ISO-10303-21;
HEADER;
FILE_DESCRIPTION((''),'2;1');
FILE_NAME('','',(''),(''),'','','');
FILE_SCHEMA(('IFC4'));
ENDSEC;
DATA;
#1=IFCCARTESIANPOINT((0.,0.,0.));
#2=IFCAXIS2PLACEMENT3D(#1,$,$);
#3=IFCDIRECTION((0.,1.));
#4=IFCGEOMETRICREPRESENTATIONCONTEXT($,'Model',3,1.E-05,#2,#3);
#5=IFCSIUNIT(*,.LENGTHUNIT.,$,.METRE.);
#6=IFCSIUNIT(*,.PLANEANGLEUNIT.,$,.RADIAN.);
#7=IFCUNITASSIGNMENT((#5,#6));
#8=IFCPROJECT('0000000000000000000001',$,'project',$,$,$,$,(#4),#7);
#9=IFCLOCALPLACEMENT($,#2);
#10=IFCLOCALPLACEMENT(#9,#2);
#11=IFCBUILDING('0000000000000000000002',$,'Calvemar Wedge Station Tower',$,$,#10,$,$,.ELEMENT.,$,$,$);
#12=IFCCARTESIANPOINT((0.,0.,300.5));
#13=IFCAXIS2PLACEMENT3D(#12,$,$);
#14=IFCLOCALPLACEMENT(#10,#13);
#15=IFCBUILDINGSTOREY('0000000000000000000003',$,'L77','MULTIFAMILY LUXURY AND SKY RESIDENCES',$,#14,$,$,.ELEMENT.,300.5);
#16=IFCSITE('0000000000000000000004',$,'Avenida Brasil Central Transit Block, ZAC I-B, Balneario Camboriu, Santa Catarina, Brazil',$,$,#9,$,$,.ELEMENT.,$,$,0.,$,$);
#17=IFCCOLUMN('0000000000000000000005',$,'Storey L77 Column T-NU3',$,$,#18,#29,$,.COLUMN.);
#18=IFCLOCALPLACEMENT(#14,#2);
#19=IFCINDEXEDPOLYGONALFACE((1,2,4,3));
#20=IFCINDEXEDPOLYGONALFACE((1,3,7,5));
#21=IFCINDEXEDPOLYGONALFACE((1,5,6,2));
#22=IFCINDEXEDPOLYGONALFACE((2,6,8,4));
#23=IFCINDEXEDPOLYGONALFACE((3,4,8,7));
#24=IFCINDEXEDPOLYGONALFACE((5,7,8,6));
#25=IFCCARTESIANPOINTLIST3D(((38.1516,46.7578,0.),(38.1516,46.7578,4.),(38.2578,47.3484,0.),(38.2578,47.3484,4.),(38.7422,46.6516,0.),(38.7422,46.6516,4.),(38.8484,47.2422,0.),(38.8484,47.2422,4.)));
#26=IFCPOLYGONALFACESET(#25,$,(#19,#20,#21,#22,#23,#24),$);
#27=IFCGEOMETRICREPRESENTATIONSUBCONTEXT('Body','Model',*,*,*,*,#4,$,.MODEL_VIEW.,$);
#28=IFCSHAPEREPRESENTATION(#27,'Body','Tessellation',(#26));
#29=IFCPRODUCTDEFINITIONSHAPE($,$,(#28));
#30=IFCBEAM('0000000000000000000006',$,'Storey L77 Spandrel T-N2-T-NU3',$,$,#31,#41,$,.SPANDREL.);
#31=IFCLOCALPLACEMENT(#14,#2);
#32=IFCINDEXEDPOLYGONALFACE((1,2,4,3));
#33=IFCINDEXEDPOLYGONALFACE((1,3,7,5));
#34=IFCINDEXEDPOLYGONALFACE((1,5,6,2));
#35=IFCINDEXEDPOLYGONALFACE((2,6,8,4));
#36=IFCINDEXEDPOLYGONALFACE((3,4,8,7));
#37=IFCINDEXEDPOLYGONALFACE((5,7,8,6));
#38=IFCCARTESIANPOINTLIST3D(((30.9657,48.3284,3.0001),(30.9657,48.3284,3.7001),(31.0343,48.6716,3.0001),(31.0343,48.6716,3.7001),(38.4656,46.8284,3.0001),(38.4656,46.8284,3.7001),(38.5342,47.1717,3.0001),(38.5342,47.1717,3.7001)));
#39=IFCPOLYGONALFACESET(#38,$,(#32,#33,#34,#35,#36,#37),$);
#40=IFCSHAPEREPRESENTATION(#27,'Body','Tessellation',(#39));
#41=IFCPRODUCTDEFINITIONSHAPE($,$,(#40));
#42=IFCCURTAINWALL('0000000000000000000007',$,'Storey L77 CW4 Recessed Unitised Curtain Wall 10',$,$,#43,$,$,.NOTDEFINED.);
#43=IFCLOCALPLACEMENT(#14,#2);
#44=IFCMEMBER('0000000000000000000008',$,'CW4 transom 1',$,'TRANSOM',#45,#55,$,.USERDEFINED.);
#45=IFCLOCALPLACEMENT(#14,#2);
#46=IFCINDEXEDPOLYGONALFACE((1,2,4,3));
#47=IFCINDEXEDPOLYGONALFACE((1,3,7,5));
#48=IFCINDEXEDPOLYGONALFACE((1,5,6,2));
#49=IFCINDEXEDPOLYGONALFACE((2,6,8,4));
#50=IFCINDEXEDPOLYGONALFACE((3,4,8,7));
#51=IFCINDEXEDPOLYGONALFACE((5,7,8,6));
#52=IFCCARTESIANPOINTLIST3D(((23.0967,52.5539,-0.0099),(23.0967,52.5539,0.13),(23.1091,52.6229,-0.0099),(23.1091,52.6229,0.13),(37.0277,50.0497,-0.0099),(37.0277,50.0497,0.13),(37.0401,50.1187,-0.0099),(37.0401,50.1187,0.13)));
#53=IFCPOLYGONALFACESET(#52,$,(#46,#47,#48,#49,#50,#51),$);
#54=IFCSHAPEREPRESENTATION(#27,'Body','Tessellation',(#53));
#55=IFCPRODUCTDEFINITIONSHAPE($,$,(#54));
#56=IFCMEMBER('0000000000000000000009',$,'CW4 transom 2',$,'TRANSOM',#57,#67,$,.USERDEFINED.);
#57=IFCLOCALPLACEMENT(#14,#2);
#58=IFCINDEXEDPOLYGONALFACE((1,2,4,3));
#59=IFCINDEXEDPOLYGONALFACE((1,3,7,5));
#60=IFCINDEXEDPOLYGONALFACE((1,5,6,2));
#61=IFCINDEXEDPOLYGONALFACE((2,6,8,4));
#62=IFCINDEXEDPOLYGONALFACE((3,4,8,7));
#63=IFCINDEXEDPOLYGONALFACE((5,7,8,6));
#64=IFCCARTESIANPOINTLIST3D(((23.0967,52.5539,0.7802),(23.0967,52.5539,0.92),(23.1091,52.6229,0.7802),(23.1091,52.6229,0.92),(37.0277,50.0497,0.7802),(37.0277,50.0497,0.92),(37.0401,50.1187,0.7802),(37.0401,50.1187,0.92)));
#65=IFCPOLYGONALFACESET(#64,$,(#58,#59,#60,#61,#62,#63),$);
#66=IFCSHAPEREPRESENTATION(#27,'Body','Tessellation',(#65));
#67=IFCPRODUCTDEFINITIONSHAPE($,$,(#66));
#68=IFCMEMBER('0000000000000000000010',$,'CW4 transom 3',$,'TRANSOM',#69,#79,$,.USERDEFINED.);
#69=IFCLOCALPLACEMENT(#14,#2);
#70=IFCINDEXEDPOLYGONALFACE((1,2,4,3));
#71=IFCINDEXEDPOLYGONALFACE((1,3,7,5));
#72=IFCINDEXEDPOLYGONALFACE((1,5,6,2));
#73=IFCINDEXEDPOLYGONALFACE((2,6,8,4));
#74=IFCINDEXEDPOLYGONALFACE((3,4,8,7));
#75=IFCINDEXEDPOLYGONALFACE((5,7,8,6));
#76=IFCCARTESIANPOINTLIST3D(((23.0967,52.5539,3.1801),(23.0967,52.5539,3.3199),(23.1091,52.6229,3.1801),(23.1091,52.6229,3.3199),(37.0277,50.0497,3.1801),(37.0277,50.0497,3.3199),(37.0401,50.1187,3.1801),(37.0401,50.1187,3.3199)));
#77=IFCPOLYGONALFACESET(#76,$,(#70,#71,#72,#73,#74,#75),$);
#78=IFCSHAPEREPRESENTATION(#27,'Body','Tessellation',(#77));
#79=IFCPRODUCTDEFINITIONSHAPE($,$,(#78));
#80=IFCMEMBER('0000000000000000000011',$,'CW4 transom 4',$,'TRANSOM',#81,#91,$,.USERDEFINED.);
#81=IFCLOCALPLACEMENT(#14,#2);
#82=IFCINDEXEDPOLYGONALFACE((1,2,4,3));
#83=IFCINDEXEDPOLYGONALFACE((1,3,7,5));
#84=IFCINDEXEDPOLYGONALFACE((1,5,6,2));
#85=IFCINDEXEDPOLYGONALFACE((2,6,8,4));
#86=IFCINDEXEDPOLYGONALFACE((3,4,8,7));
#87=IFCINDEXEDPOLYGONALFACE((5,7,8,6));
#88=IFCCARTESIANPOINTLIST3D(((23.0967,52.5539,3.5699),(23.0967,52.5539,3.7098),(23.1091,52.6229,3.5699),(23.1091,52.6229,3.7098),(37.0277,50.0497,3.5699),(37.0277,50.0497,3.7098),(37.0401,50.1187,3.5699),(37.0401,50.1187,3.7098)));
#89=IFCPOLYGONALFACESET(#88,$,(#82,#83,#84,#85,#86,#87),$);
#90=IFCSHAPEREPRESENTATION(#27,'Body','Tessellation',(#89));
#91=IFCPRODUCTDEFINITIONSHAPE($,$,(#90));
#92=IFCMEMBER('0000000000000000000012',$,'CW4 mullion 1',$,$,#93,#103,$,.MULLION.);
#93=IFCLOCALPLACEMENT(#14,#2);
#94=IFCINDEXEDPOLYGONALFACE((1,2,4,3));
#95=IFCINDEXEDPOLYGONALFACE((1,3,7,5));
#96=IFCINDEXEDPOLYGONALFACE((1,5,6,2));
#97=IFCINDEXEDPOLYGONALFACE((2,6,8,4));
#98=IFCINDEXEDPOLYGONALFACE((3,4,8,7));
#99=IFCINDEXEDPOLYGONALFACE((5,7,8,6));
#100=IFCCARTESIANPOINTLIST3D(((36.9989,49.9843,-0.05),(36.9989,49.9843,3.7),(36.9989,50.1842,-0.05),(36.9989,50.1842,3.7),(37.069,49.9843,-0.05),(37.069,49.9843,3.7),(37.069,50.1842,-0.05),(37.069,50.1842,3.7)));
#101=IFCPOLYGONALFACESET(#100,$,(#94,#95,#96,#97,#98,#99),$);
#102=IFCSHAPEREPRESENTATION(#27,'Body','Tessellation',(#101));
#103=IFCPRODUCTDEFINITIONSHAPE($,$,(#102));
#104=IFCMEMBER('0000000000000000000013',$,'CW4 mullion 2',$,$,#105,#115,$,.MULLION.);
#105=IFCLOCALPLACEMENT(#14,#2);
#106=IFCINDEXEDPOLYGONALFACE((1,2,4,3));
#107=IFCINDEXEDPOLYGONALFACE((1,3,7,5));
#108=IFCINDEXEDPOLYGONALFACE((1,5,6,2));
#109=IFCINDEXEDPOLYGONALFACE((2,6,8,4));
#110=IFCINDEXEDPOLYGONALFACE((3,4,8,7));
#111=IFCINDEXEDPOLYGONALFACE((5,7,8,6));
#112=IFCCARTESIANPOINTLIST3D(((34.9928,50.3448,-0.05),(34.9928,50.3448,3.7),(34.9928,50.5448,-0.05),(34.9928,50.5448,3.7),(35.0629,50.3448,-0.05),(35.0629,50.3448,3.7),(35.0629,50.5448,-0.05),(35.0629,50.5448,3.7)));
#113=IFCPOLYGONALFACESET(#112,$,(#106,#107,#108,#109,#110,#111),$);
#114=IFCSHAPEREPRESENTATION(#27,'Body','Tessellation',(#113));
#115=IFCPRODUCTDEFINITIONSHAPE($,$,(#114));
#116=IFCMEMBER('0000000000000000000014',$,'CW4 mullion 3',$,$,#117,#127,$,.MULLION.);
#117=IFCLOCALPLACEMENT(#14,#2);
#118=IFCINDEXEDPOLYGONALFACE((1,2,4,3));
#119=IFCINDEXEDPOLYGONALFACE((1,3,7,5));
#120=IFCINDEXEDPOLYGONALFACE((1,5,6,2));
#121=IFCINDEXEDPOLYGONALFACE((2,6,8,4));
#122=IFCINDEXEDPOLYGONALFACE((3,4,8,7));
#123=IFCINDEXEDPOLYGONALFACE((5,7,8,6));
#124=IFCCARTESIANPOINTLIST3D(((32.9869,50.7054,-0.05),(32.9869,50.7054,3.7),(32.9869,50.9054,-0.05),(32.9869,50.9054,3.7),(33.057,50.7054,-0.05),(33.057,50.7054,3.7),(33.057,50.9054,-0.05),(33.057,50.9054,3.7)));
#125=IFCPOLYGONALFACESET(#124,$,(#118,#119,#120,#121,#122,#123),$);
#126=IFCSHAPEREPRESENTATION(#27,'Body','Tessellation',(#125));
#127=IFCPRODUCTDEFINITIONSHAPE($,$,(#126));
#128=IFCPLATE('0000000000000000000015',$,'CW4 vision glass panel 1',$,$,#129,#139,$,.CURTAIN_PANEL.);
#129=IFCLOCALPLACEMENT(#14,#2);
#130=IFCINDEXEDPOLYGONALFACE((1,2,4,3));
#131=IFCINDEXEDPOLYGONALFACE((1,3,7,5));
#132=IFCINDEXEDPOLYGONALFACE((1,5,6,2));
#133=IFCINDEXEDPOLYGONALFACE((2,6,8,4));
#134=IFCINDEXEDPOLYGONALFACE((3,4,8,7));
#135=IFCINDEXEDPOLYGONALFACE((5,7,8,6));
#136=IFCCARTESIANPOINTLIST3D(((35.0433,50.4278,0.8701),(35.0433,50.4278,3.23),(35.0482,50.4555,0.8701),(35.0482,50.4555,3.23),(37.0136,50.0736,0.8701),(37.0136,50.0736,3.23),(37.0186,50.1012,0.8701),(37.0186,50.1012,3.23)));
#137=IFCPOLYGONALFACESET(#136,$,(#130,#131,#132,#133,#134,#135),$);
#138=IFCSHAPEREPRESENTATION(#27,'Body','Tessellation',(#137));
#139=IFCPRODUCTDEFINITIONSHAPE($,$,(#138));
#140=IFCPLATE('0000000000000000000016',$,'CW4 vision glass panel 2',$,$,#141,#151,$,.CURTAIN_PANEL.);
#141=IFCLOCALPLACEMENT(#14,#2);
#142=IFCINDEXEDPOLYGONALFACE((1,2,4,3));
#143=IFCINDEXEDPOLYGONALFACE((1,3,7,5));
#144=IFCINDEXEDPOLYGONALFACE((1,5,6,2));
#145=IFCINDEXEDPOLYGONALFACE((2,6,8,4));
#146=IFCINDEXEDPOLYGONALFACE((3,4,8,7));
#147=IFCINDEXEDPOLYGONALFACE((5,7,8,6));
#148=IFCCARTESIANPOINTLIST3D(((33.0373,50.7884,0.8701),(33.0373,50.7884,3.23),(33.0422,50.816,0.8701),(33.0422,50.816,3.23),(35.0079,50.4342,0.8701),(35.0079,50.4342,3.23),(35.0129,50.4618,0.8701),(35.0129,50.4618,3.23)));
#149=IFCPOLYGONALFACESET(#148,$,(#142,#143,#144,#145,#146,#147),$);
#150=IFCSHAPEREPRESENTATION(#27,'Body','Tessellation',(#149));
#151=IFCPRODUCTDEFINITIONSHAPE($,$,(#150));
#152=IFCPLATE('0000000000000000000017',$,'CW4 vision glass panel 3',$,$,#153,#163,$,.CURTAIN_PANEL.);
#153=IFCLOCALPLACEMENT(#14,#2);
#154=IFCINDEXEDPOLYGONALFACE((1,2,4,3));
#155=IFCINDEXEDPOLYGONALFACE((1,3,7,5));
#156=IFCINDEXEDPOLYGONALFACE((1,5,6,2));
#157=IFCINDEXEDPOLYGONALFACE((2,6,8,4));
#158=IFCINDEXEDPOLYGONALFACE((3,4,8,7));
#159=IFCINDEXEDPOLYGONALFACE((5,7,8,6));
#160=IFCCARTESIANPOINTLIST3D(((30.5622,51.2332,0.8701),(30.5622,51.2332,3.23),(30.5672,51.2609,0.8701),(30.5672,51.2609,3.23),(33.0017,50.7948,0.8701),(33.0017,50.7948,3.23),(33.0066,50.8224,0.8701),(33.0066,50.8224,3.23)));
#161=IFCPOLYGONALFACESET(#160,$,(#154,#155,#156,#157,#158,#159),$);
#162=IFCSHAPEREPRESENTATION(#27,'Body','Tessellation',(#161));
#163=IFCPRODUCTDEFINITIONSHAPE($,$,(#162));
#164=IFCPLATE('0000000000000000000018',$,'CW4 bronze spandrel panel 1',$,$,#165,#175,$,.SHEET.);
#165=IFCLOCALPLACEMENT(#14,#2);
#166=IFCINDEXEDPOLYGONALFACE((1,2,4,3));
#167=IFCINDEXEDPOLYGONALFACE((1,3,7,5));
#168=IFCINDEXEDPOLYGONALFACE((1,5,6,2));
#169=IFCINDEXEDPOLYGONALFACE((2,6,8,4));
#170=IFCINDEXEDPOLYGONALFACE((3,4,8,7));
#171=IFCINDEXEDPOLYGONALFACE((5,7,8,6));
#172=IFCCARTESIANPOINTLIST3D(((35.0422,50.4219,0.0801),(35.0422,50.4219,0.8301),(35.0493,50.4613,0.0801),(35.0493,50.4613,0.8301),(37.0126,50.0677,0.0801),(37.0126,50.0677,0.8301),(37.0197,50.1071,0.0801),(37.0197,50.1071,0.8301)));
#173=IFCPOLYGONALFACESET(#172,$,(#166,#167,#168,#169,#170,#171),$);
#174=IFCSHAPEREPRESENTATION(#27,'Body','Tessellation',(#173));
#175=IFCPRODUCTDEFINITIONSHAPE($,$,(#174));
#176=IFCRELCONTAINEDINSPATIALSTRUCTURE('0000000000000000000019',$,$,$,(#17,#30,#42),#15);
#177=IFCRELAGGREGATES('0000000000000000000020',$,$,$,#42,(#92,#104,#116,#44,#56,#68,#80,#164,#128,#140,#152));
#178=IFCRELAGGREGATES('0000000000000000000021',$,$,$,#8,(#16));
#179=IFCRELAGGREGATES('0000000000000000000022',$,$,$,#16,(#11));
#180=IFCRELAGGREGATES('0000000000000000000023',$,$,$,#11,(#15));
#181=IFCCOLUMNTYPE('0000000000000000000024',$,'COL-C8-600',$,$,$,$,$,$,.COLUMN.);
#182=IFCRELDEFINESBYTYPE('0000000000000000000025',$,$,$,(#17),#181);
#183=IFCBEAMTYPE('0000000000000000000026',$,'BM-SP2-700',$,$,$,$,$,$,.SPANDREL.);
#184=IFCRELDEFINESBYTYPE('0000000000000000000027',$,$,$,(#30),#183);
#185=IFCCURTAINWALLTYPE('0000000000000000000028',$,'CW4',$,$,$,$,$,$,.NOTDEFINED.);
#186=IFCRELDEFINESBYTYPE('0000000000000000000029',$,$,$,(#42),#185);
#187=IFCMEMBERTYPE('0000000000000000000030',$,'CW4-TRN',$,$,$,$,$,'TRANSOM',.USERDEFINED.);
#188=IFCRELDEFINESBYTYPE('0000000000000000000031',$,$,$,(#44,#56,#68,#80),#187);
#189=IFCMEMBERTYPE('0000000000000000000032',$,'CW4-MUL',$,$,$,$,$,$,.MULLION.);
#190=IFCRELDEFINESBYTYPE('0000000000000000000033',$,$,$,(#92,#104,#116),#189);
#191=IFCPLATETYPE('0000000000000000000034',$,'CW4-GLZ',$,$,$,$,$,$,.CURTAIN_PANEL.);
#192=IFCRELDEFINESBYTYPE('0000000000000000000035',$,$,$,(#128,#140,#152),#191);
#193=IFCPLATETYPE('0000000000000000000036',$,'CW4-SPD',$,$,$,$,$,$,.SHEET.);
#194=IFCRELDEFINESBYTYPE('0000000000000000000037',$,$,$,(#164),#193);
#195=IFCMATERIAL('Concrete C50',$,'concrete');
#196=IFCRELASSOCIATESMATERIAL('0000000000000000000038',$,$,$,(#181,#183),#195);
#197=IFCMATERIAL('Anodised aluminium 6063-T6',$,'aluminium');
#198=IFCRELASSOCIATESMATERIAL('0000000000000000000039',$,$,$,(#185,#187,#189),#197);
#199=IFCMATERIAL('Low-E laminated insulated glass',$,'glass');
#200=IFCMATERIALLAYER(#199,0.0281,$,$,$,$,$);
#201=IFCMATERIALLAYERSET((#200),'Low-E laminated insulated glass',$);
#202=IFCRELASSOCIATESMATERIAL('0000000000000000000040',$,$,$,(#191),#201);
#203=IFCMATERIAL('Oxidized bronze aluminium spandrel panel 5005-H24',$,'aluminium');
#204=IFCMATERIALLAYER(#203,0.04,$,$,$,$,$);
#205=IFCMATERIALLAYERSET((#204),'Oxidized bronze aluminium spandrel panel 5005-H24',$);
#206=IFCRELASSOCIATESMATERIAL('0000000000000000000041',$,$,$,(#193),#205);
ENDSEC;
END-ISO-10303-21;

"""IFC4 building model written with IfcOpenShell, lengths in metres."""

from ifc_helpers import new_model, si_unit, direction, frame, frame_2d, origin, origin_2d, place, context, subcontext, project, spatial, rectangle, extrude, source, transform, mapped, material, layer, layer_set, material_profile, profile_set, type_object, element, aggregate, save


model = new_model("IFC4")

# Units and contexts
model_context = context("Model", 3, precision=1e-05, world=origin(), true_north=direction((0.0, 1.0)))
body_context = subcontext(model_context, "Body", "Model", "MODEL_VIEW")
ifc_project = project(units=[si_unit("LENGTHUNIT", "METRE"), si_unit("PLANEANGLEUNIT", "RADIAN")], contexts=[model_context])

# Site, building, storey
site_placement = place(None, origin())
site = spatial("IfcSite", under=ifc_project, at=site_placement, Name="Avenida Brasil Central Transit Block, ZAC I-B, Balneario Camboriu, Santa Catarina, Brazil", CompositionType="ELEMENT", RefElevation=0.0)
building_placement = place(site_placement, origin())
building = spatial("IfcBuilding", under=site, at=building_placement, Name="Calvemar Wedge Station Tower", CompositionType="ELEMENT")
storey_placement = place(building_placement, frame((0.0, 0.0, 300.5)))
storey = spatial("IfcBuildingStorey", under=building, at=storey_placement, Name="L77", Description="MULTIFAMILY LUXURY AND SKY RESIDENCES", CompositionType="ELEMENT", Elevation=300.5)

# Column
ifc_material_1 = material(Name="Concrete C50", Category="concrete")
ifc_material_profile_1 = material_profile(ifc_material_1, rectangle(XDim=0.6001, YDim=0.6001, at=origin_2d()), Name="RC600x600")
ifc_profile_set_1 = profile_set([ifc_material_profile_1], Name="Concrete C50")
column_type = type_object("IfcColumnType", Name="COL-C8-600", PredefinedType="COLUMN", material=ifc_profile_set_1)
shared_shape_1 = source(origin(), body_context, "Body", "SweptSolid", [
    extrude(rectangle(XDim=0.6001, YDim=0.6001, at=origin_2d()), origin(), (0.0, 0.0, 1.0), 4.0),
])
column_placement = place(storey_placement, frame((38.5, 47.0, 0.0), z_axis=(0.0, 0.0, 1.0), x_axis=(0.984196, -0.177085, 0.0)))
element("IfcColumn", 1, at=column_placement, inside=storey, type_object=column_type, Name="Storey L77 Column T-NU3", PredefinedType="COLUMN", context=body_context, shape_type="MappedRepresentation", body=[
    mapped(shared_shape_1, transform((0.0, 0.0, 0.0), scale=1.0)),
])

# Beam
ifc_material_profile_2 = material_profile(ifc_material_1, rectangle(XDim=0.3501, YDim=0.7, at=origin_2d()), Name="RC350x700")
ifc_profile_set_2 = profile_set([ifc_material_profile_2], Name="Concrete C50")
beam_type = type_object("IfcBeamType", Name="BM-SP2-700", PredefinedType="SPANDREL", material=ifc_profile_set_2)
shared_shape_2 = source(origin(), body_context, "Body", "SweptSolid", [
    extrude(rectangle(XDim=0.3501, YDim=0.7, at=origin_2d()), origin(), (0.0, 0.0, 1.0), 7.6484),
])
beam_placement = place(storey_placement, frame((31.0, 48.5, 3.3501), z_axis=(0.980581, -0.196116, 0.0), x_axis=(0.196116, 0.980581, 0.0)))
element("IfcBeam", 2, at=beam_placement, inside=storey, type_object=beam_type, Name="Storey L77 Spandrel T-N2-T-NU3", PredefinedType="SPANDREL", context=body_context, shape_type="MappedRepresentation", body=[
    mapped(shared_shape_2, transform((0.0, 0.0, 0.0), scale=1.0)),
])

# Curtain wall, members, plates
ifc_material_2 = material(Name="Anodised aluminium 6063-T6", Category="aluminium")
curtain_wall_type = type_object("IfcCurtainWallType", Name="CW4", PredefinedType="NOTDEFINED", material=ifc_material_2)
curtain_wall_placement = place(storey_placement, origin())
curtain_wall = element("IfcCurtainWall", 3, at=curtain_wall_placement, inside=storey, type_object=curtain_wall_type, Name="Storey L77 CW4 Recessed Unitised Curtain Wall 10", PredefinedType="NOTDEFINED")
ifc_material_profile_3 = material_profile(ifc_material_2, rectangle(XDim=0.0701, YDim=0.1399, at=origin_2d()), Name="AL-TRN-70x140")
ifc_profile_set_3 = profile_set([ifc_material_profile_3], Name="Anodised aluminium 6063-T6")
member_type_1 = type_object("IfcMemberType", Name="CW4-TRN", ElementType="TRANSOM", PredefinedType="USERDEFINED", material=ifc_profile_set_3)
shared_shape_3 = source(origin(), body_context, "Body", "SweptSolid", [
    extrude(rectangle(XDim=0.0701, YDim=0.1399, at=origin_2d()), origin(), (0.0, 0.0, 1.0), 14.1543),
])
member_1_placement = place(storey_placement, frame((37.0339, 50.0842, 0.0601), z_axis=(-0.984225, 0.176919, 0.0), x_axis=(-0.176919, -0.984225, 0.0)))
member_1 = element("IfcMember", 4, at=member_1_placement, type_object=member_type_1, Name="CW4 transom 1", ObjectType="TRANSOM", PredefinedType="USERDEFINED", context=body_context, shape_type="MappedRepresentation", body=[
    mapped(shared_shape_3, transform((0.0, 0.0, 0.0), scale=1.0)),
])
member_2_placement = place(storey_placement, frame((37.0339, 50.0842, 0.8501), z_axis=(-0.984225, 0.176919, 0.0), x_axis=(-0.176919, -0.984225, 0.0)))
member_2 = element("IfcMember", 5, at=member_2_placement, type_object=member_type_1, Name="CW4 transom 2", ObjectType="TRANSOM", PredefinedType="USERDEFINED", context=body_context, shape_type="MappedRepresentation", body=[
    mapped(shared_shape_3, transform((0.0, 0.0, 0.0), scale=1.0)),
])
member_3_placement = place(storey_placement, frame((37.0339, 50.0842, 3.25), z_axis=(-0.984225, 0.176919, 0.0), x_axis=(-0.176919, -0.984225, 0.0)))
member_3 = element("IfcMember", 6, at=member_3_placement, type_object=member_type_1, Name="CW4 transom 3", ObjectType="TRANSOM", PredefinedType="USERDEFINED", context=body_context, shape_type="MappedRepresentation", body=[
    mapped(shared_shape_3, transform((0.0, 0.0, 0.0), scale=1.0)),
])
member_4_placement = place(storey_placement, frame((37.0339, 50.0842, 3.6399), z_axis=(-0.984225, 0.176919, 0.0), x_axis=(-0.176919, -0.984225, 0.0)))
member_4 = element("IfcMember", 7, at=member_4_placement, type_object=member_type_1, Name="CW4 transom 4", ObjectType="TRANSOM", PredefinedType="USERDEFINED", context=body_context, shape_type="MappedRepresentation", body=[
    mapped(shared_shape_3, transform((0.0, 0.0, 0.0), scale=1.0)),
])
ifc_material_profile_4 = material_profile(ifc_material_2, rectangle(XDim=0.0701, YDim=0.2, at=origin_2d()), Name="AL-MUL-70x200")
ifc_profile_set_4 = profile_set([ifc_material_profile_4], Name="Anodised aluminium 6063-T6")
member_type_2 = type_object("IfcMemberType", Name="CW4-MUL", PredefinedType="MULLION", material=ifc_profile_set_4)
shared_shape_4 = source(origin(), body_context, "Body", "SweptSolid", [
    extrude(rectangle(XDim=0.0701, YDim=0.2, at=origin_2d()), origin(), (0.0, 0.0, 1.0), 3.75),
])
member_5_placement = place(storey_placement, frame((37.0339, 50.0842, -0.05), z_axis=(0.0, 0.0, 1.0), x_axis=(1.0, 0.0, 0.0)))
member_5 = element("IfcMember", 8, at=member_5_placement, type_object=member_type_2, Name="CW4 mullion 1", PredefinedType="MULLION", context=body_context, shape_type="MappedRepresentation", body=[
    mapped(shared_shape_4, transform((0.0, 0.0, 0.0), scale=1.0)),
])
member_6_placement = place(storey_placement, frame((35.0278, 50.4448, -0.05), z_axis=(0.0, 0.0, 1.0), x_axis=(1.0, 0.0, 0.0)))
member_6 = element("IfcMember", 9, at=member_6_placement, type_object=member_type_2, Name="CW4 mullion 2", PredefinedType="MULLION", context=body_context, shape_type="MappedRepresentation", body=[
    mapped(shared_shape_4, transform((0.0, 0.0, 0.0), scale=1.0)),
])
member_7_placement = place(storey_placement, frame((33.022, 50.8054, -0.05), z_axis=(0.0, 0.0, 1.0), x_axis=(1.0, 0.0, 0.0)))
member_7 = element("IfcMember", 10, at=member_7_placement, type_object=member_type_2, Name="CW4 mullion 3", PredefinedType="MULLION", context=body_context, shape_type="MappedRepresentation", body=[
    mapped(shared_shape_4, transform((0.0, 0.0, 0.0), scale=1.0)),
])
ifc_material_3 = material(Name="Low-E laminated insulated glass", Category="glass")
ifc_layer_1 = layer(ifc_material_3, 0.0281)
ifc_layer_set_1 = layer_set([ifc_layer_1], Name="Low-E laminated insulated glass")
plate_type_1 = type_object("IfcPlateType", Name="CW4-GLZ", PredefinedType="CURTAIN_PANEL", material=ifc_layer_set_1)
plate_1_placement = place(storey_placement, frame((37.0161, 50.0874, 0.8701), z_axis=(0.0, 0.0, 1.0), x_axis=(-0.984221, 0.176943, 0.0)))
plate_1 = element("IfcPlate", 11, at=plate_1_placement, type_object=plate_type_1, Name="CW4 vision glass panel 1", PredefinedType="CURTAIN_PANEL", context=body_context, shape_type="SweptSolid", body=[
    extrude(rectangle(XDim=2.002, YDim=0.0281, at=frame_2d((1.001, 0.0))), origin(), (0.0, 0.0, 1.0), 2.3599),
])
plate_2_placement = place(storey_placement, frame((35.0103, 50.448, 0.8701), z_axis=(0.0, 0.0, 1.0), x_axis=(-0.984225, 0.176922, 0.0)))
plate_2 = element("IfcPlate", 12, at=plate_2_placement, type_object=plate_type_1, Name="CW4 vision glass panel 2", PredefinedType="CURTAIN_PANEL", context=body_context, shape_type="SweptSolid", body=[
    extrude(rectangle(XDim=2.0022, YDim=0.0281, at=frame_2d((1.001, 0.0))), origin(), (0.0, 0.0, 1.0), 2.3599),
])
plate_3_placement = place(storey_placement, frame((33.0042, 50.8086, 0.8701), z_axis=(0.0, 0.0, 1.0), x_axis=(-0.984227, 0.176909, 0.0)))
plate_3 = element("IfcPlate", 13, at=plate_3_placement, type_object=plate_type_1, Name="CW4 vision glass panel 3", PredefinedType="CURTAIN_PANEL", context=body_context, shape_type="SweptSolid", body=[
    extrude(rectangle(XDim=2.4785, YDim=0.0281, at=frame_2d((1.2393, 0.0))), origin(), (0.0, 0.0, 1.0), 2.3599),
])
ifc_material_4 = material(Name="Oxidized bronze aluminium spandrel panel 5005-H24", Category="aluminium")
ifc_layer_2 = layer(ifc_material_4, 0.04)
ifc_layer_set_2 = layer_set([ifc_layer_2], Name="Oxidized bronze aluminium spandrel panel 5005-H24")
plate_type_2 = type_object("IfcPlateType", Name="CW4-SPD", PredefinedType="SHEET", material=ifc_layer_set_2)
plate_4_placement = place(storey_placement, frame((37.0161, 50.0874, 0.0801), z_axis=(0.0, 0.0, 1.0), x_axis=(-0.984221, 0.176943, 0.0)))
plate_4 = element("IfcPlate", 14, at=plate_4_placement, type_object=plate_type_2, Name="CW4 bronze spandrel panel 1", PredefinedType="SHEET", context=body_context, shape_type="SweptSolid", body=[
    extrude(rectangle(XDim=2.002, YDim=0.04, at=frame_2d((1.001, 0.0))), origin(), (0.0, 0.0, 1.0), 0.75),
])
aggregate(curtain_wall, [member_5, member_6, member_7, member_1, member_2, member_3, member_4, plate_4, plate_1, plate_2, plate_3])

save(model, "model.ifc")
